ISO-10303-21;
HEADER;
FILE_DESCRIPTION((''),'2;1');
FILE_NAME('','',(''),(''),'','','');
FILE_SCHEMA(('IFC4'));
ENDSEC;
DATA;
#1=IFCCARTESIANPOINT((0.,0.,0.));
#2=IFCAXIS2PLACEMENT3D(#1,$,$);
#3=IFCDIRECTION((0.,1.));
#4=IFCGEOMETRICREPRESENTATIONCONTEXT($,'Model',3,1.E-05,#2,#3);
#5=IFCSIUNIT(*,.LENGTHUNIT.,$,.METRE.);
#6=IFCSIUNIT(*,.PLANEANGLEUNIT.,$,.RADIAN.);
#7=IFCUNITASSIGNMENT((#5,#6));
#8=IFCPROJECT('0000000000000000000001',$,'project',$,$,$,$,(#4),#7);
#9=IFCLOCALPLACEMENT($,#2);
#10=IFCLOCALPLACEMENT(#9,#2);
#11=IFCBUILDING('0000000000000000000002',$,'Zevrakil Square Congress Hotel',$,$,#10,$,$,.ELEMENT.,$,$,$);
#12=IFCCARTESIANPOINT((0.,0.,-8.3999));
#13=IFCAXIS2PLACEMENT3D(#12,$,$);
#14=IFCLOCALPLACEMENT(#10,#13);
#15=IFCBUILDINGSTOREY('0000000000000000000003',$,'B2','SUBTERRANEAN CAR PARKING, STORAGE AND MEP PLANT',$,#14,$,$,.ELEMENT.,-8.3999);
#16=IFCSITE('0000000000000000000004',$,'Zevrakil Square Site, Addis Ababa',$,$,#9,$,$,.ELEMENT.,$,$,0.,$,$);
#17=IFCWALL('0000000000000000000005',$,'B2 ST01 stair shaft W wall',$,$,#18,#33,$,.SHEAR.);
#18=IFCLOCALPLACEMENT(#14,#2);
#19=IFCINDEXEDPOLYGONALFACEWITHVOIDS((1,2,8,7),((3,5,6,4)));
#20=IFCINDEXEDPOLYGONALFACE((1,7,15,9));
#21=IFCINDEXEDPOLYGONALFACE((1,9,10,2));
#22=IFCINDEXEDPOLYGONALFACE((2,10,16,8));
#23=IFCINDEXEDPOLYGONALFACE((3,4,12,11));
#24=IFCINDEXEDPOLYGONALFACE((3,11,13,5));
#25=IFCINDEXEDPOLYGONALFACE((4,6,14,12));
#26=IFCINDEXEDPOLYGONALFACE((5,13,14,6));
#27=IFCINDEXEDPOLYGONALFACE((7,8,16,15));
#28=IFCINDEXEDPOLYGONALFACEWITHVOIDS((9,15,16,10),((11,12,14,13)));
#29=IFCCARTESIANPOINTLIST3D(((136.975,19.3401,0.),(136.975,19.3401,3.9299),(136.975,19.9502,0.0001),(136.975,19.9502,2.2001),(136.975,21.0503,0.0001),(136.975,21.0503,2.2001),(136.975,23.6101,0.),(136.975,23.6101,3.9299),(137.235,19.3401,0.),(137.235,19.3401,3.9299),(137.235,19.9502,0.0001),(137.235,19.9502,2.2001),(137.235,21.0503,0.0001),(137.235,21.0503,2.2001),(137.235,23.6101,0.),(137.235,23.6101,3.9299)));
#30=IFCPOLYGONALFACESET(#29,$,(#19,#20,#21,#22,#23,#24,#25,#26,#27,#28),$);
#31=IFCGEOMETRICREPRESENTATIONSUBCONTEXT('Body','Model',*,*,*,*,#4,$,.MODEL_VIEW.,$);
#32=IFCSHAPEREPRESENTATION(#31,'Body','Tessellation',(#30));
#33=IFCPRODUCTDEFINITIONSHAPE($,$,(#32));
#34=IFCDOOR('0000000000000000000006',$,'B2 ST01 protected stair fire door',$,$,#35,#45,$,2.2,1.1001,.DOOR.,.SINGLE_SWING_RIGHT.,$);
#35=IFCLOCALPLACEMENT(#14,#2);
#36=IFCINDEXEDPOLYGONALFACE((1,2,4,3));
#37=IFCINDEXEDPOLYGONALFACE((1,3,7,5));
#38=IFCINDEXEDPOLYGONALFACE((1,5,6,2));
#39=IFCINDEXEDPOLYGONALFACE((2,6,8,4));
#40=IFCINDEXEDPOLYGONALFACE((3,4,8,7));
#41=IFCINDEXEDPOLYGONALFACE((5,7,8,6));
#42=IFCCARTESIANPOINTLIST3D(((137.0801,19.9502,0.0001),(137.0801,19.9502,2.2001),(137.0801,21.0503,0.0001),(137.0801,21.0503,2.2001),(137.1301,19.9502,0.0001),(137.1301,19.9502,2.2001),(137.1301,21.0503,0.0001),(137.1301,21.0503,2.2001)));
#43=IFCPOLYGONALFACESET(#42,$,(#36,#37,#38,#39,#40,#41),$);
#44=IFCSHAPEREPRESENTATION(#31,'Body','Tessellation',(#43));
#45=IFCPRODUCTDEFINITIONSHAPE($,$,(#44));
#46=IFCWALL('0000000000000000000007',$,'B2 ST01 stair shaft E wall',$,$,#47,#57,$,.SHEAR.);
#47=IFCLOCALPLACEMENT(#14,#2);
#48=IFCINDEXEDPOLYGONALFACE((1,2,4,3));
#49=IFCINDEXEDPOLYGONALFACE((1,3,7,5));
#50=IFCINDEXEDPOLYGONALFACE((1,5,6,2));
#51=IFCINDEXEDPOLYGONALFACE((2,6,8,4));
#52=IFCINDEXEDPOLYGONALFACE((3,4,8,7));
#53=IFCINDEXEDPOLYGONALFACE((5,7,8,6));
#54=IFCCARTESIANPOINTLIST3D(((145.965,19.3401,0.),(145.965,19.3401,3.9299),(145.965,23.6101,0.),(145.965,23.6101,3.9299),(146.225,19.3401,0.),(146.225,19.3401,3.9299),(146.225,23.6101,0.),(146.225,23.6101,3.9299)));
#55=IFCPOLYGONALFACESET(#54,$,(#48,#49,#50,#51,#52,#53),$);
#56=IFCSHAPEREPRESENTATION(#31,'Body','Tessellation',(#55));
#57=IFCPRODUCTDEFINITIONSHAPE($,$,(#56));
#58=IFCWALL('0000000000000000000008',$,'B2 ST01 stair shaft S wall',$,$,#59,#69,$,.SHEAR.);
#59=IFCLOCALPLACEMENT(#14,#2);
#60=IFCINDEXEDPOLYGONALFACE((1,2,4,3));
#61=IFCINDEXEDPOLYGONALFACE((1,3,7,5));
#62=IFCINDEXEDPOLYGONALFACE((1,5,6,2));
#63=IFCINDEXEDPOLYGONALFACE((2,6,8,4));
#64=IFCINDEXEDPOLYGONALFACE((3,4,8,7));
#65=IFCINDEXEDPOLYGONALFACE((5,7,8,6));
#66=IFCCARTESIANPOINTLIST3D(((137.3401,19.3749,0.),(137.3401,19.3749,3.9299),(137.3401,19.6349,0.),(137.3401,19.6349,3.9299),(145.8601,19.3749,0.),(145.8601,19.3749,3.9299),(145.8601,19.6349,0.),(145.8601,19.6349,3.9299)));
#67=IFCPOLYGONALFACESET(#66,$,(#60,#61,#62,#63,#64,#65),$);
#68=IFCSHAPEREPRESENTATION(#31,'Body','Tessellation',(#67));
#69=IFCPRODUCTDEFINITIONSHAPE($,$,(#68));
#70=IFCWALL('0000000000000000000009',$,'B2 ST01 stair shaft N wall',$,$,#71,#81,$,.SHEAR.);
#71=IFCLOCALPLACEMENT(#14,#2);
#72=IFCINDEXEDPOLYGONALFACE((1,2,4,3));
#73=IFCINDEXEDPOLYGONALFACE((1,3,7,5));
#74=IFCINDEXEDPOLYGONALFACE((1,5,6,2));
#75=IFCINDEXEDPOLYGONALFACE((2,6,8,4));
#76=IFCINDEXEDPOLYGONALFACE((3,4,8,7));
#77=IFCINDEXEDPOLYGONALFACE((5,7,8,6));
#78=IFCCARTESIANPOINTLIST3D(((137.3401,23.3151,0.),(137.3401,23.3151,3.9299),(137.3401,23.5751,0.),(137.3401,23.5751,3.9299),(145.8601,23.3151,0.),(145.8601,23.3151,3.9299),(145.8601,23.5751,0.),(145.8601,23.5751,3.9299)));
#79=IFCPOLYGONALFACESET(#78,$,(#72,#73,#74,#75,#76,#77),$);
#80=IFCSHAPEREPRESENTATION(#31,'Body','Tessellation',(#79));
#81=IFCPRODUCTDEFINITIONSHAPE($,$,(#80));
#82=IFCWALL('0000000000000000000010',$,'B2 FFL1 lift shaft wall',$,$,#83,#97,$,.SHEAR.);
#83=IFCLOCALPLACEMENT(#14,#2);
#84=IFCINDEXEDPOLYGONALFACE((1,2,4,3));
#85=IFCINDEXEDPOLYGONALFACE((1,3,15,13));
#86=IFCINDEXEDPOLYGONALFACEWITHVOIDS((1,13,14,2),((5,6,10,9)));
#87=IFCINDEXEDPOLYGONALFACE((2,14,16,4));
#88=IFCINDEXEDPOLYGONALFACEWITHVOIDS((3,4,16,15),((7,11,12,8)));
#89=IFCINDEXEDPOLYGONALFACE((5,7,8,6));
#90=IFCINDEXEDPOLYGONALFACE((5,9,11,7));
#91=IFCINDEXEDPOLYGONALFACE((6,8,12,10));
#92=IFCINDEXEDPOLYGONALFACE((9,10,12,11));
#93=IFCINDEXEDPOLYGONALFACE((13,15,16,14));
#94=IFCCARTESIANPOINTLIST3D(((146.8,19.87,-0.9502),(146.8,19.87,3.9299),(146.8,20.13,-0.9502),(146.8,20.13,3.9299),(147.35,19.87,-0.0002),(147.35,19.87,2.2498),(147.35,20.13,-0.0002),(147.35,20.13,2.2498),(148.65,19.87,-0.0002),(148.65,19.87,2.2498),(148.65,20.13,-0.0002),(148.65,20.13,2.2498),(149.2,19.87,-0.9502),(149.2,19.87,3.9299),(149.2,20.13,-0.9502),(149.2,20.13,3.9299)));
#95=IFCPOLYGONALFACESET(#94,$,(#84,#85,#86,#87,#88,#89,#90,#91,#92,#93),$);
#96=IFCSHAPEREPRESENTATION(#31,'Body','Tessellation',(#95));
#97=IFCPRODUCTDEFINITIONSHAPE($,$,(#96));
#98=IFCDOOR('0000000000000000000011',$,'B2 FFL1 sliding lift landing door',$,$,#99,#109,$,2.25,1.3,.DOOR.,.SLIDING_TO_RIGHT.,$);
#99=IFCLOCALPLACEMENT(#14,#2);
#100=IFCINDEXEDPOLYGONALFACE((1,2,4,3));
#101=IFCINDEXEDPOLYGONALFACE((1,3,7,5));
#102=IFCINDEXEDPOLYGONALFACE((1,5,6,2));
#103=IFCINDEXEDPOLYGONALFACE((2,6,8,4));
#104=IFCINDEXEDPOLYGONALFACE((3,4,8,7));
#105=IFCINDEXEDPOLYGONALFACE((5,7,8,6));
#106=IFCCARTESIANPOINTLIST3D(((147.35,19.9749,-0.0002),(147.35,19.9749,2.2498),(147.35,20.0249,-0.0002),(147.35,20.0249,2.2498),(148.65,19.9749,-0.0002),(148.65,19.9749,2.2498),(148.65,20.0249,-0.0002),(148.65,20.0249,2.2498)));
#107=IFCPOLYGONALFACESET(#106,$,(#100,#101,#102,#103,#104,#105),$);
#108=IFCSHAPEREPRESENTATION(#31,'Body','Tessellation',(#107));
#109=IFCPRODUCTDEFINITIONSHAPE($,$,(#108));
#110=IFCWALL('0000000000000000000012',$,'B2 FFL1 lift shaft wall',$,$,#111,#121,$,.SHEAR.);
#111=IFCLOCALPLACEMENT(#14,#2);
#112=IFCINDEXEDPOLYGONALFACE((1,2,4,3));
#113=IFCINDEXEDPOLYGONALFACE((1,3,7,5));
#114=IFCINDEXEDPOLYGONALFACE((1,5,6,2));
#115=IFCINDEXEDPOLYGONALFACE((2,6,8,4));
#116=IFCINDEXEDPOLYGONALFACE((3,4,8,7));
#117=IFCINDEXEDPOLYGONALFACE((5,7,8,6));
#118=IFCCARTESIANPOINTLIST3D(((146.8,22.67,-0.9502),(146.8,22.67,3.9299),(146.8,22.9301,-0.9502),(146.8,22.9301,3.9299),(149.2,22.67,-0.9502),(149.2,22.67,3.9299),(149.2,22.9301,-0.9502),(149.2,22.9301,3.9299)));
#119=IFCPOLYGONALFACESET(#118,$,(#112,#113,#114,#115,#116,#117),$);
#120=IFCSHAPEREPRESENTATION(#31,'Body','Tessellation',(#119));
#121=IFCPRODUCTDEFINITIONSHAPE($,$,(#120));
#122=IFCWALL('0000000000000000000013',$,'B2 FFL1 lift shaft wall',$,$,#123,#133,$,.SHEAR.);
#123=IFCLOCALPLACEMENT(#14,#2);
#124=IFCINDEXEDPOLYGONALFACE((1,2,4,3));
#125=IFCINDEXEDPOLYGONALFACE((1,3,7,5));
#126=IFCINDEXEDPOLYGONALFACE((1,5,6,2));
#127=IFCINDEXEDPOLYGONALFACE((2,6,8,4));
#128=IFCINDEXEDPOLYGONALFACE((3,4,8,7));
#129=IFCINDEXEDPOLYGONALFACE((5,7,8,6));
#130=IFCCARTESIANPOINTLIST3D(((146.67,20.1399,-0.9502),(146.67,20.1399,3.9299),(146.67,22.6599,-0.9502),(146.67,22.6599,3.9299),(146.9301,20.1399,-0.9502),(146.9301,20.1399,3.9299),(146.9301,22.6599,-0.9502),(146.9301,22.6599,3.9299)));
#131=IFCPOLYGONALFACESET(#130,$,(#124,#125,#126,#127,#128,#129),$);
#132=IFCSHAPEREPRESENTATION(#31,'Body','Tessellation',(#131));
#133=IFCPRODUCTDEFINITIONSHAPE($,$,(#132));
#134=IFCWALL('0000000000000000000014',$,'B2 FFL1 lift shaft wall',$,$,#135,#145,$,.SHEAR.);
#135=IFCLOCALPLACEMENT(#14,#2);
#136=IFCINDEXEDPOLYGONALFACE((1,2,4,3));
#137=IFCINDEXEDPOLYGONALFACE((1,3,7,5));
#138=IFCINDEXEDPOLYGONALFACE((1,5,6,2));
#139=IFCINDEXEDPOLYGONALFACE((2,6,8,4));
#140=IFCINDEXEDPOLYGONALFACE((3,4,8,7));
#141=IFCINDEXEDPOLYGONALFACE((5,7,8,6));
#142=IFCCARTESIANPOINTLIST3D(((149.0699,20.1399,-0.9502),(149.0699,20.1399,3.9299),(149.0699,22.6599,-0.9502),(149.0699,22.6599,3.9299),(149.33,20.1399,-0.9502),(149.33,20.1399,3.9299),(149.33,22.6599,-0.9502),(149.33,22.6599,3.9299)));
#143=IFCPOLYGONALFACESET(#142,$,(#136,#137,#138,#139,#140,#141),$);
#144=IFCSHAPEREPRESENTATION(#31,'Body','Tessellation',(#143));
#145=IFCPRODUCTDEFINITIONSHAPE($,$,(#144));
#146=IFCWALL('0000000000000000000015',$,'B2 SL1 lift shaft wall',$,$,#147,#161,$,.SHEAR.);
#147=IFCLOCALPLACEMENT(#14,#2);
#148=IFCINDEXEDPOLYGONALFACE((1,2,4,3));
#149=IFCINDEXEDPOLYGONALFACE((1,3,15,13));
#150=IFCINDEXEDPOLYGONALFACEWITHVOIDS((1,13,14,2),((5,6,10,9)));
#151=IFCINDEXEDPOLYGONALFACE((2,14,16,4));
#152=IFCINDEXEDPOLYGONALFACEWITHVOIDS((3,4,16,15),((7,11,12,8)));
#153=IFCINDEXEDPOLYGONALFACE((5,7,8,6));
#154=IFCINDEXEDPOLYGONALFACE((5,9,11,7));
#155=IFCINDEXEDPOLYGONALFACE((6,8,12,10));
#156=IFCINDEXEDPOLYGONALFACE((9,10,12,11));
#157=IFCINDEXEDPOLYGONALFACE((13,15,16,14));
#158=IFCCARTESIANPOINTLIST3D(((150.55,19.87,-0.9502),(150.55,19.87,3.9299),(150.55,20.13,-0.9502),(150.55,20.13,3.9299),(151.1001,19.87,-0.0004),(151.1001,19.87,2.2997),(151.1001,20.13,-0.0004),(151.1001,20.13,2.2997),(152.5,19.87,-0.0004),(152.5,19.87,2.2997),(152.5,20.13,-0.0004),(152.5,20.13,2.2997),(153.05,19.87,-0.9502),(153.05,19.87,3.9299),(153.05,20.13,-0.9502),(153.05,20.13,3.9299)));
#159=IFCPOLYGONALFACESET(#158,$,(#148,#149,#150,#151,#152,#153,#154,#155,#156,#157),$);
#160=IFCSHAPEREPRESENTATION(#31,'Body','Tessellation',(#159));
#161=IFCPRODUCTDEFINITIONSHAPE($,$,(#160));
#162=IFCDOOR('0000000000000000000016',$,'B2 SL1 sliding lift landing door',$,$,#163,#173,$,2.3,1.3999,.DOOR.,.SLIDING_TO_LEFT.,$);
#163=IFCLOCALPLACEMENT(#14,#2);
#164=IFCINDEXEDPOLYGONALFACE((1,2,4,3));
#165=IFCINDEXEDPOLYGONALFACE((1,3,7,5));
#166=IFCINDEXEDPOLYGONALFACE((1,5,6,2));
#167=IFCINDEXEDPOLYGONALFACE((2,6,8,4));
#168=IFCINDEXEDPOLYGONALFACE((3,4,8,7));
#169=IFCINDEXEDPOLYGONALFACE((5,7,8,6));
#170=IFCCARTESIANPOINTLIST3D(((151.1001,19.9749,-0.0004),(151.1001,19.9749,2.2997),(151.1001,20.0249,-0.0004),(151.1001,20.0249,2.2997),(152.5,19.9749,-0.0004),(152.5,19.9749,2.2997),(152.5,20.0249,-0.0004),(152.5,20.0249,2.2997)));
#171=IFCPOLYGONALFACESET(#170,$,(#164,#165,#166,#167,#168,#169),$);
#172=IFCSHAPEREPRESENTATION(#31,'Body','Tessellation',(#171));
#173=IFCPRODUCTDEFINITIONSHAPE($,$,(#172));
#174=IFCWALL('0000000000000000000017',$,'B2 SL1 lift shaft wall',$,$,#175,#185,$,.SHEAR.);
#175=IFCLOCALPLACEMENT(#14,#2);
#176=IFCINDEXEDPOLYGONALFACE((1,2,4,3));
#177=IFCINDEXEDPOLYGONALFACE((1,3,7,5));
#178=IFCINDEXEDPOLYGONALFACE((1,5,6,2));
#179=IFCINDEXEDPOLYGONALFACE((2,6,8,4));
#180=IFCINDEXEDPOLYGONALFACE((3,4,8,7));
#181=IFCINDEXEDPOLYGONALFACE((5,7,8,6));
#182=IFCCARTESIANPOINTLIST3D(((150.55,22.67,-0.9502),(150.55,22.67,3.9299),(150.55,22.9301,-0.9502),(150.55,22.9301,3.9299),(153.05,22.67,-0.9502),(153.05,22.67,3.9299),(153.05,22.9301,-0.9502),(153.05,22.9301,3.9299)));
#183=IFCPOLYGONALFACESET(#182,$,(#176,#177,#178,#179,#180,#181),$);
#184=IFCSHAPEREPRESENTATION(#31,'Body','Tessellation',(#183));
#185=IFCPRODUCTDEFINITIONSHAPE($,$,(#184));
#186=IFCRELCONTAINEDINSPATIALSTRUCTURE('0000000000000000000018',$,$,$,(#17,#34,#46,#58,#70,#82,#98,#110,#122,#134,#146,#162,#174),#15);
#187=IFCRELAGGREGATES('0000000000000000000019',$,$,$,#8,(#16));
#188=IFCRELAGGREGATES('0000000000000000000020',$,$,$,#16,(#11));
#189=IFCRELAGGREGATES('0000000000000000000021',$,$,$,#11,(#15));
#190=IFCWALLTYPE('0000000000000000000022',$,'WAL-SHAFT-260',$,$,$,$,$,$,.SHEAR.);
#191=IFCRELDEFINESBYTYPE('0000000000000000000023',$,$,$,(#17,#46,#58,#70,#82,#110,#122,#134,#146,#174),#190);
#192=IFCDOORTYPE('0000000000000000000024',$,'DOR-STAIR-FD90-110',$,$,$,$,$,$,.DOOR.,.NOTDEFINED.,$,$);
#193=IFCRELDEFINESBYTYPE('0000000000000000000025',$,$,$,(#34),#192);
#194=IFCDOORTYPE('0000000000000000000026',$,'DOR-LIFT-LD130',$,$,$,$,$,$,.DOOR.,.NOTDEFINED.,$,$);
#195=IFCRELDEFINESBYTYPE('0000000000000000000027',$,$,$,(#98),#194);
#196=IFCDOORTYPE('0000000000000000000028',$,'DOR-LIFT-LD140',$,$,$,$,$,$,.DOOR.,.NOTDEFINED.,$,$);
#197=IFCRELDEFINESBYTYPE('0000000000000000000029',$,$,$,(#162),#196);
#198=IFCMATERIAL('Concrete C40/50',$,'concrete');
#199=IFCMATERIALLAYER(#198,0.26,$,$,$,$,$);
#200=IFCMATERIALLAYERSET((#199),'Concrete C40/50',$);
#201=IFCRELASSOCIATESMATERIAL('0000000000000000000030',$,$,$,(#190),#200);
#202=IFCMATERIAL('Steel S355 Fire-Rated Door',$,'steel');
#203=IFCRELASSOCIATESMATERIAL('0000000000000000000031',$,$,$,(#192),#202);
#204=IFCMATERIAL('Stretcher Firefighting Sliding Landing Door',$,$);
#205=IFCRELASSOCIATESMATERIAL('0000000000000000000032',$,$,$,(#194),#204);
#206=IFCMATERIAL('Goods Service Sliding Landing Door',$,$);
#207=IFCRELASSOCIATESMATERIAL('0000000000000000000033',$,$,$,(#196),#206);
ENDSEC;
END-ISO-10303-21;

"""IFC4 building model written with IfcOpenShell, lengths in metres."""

from ifc_helpers import new_model, si_unit, direction, frame, frame_2d, origin, place, context, subcontext, project, spatial, rectangle, extrude, material, layer, layer_set, type_object, element, fill, save


model = new_model("IFC4")

# Units and contexts
model_context = context("Model", 3, precision=1e-05, world=origin(), true_north=direction((0.0, 1.0)))
body_context = subcontext(model_context, "Body", "Model", "MODEL_VIEW")
ifc_project = project(units=[si_unit("LENGTHUNIT", "METRE"), si_unit("PLANEANGLEUNIT", "RADIAN")], contexts=[model_context])

# Site, building, storey
site_placement = place(None, origin())
site = spatial("IfcSite", under=ifc_project, at=site_placement, Name="Zevrakil Square Site, Addis Ababa", CompositionType="ELEMENT", RefElevation=0.0)
building_placement = place(site_placement, origin())
building = spatial("IfcBuilding", under=site, at=building_placement, Name="Zevrakil Square Congress Hotel", CompositionType="ELEMENT")
storey_placement = place(building_placement, frame((0.0, 0.0, -8.3999)))
storey = spatial("IfcBuildingStorey", under=building, at=storey_placement, Name="B2", Description="SUBTERRANEAN CAR PARKING, STORAGE AND MEP PLANT", CompositionType="ELEMENT", Elevation=-8.3999)

# Wall, opening, door
ifc_material_1 = material(Name="Concrete C40/50", Category="concrete")
ifc_layer_1 = layer(ifc_material_1, 0.26)
ifc_layer_set_1 = layer_set([ifc_layer_1], Name="Concrete C40/50")
wall_type_1 = type_object("IfcWallType", Name="WAL-SHAFT-260", PredefinedType="SHEAR", material=ifc_layer_set_1)
wall_1_placement = place(storey_placement, frame((137.105, 19.3401, 0.0), z_axis=(0.0, 0.0, 1.0), x_axis=(0.0, 1.0, 0.0)))
wall_1 = element("IfcWall", 1, at=wall_1_placement, inside=storey, type_object=wall_type_1, Name="B2 ST01 stair shaft W wall", PredefinedType="SHEAR", context=body_context, shape_type="SweptSolid", body=[
    extrude(rectangle(XDim=4.27, YDim=0.26, at=frame_2d((2.135, 0.0))), origin(), (0.0, 0.0, 1.0), 3.9299),
])
opening_1_placement = place(wall_1_placement, frame((0.6101, 0.0, 0.0)))
opening_1 = element("IfcOpeningElement", 2, at=opening_1_placement, cuts=wall_1, PredefinedType="OPENING", context=body_context, shape_type="SweptSolid", body=[
    extrude(rectangle(XDim=1.1001, YDim=2.2, at=frame_2d((0.55, 1.1001))), frame((0.0, 0.1401, 0.0), z_axis=(0.0, -1.0, 0.0), x_axis=(1.0, 0.0, 0.0)), (0.0, 0.0, 1.0), 0.28),
])
ifc_material_2 = material(Name="Steel S355 Fire-Rated Door", Category="steel")
door_type_1 = type_object("IfcDoorType", Name="DOR-STAIR-FD90-110", OperationType="NOTDEFINED", PredefinedType="DOOR", material=ifc_material_2)
door_1_placement = place(opening_1_placement, origin())
door_1 = element("IfcDoor", 3, at=door_1_placement, inside=storey, type_object=door_type_1, Name="B2 ST01 protected stair fire door", OperationType="SINGLE_SWING_RIGHT", OverallHeight=2.2, OverallWidth=1.1001, PredefinedType="DOOR", context=body_context, shape_type="SweptSolid", body=[
    extrude(rectangle(XDim=1.1001, YDim=2.2, at=frame_2d((0.55, 1.1001))), frame((0.0, 0.0249, 0.0), z_axis=(0.0, -1.0, 0.0), x_axis=(1.0, 0.0, 0.0)), (0.0, 0.0, 1.0), 0.05),
])
fill(opening_1, door_1)

# Walls
wall_2_placement = place(storey_placement, frame((146.095, 19.3401, 0.0), z_axis=(0.0, 0.0, 1.0), x_axis=(0.0, 1.0, 0.0)))
element("IfcWall", 4, at=wall_2_placement, inside=storey, type_object=wall_type_1, Name="B2 ST01 stair shaft E wall", PredefinedType="SHEAR", context=body_context, shape_type="SweptSolid", body=[
    extrude(rectangle(XDim=4.27, YDim=0.26, at=frame_2d((2.135, 0.0))), origin(), (0.0, 0.0, 1.0), 3.9299),
])
for number, where, z_axis, x_axis, name in (
    (5, (137.3401, 19.5049, 0.0), (0.0, 0.0, 1.0), (1.0, 0.0, 0.0), "B2 ST01 stair shaft S wall"),
    (6, (137.3401, 23.4451, 0.0), (0.0, 0.0, 1.0), (1.0, 0.0, 0.0), "B2 ST01 stair shaft N wall"),
):
    element("IfcWall", number, at=place(storey_placement, frame(where, z_axis=z_axis, x_axis=x_axis)), inside=storey, type_object=wall_type_1, Name=name, PredefinedType="SHEAR", context=body_context, shape_type="SweptSolid", body=[
        extrude(rectangle(XDim=8.52, YDim=0.26, at=frame_2d((4.26, 0.0))), origin(), (0.0, 0.0, 1.0), 3.9299),
    ])

# Wall, opening, door
wall_3_placement = place(storey_placement, frame((146.8, 20.0, -0.9502), z_axis=(0.0, 0.0, 1.0), x_axis=(1.0, 0.0, 0.0)))
wall_3 = element("IfcWall", 7, at=wall_3_placement, inside=storey, type_object=wall_type_1, Name="B2 FFL1 lift shaft wall", PredefinedType="SHEAR", context=body_context, shape_type="SweptSolid", body=[
    extrude(rectangle(XDim=2.3999, YDim=0.26, at=frame_2d((1.2, 0.0))), origin(), (0.0, 0.0, 1.0), 4.8801),
])
opening_2_placement = place(wall_3_placement, frame((0.55, 0.0, 0.95)))
opening_2 = element("IfcOpeningElement", 8, at=opening_2_placement, cuts=wall_3, PredefinedType="OPENING", context=body_context, shape_type="SweptSolid", body=[
    extrude(rectangle(XDim=1.3, YDim=2.25, at=frame_2d((0.6499, 1.125))), frame((0.0, 0.1401, 0.0), z_axis=(0.0, -1.0, 0.0), x_axis=(1.0, 0.0, 0.0)), (0.0, 0.0, 1.0), 0.28),
])
ifc_material_3 = material(Name="Stretcher Firefighting Sliding Landing Door")
door_type_2 = type_object("IfcDoorType", Name="DOR-LIFT-LD130", OperationType="NOTDEFINED", PredefinedType="DOOR", material=ifc_material_3)
door_2_placement = place(opening_2_placement, origin())
door_2 = element("IfcDoor", 9, at=door_2_placement, inside=storey, type_object=door_type_2, Name="B2 FFL1 sliding lift landing door", OperationType="SLIDING_TO_RIGHT", OverallHeight=2.25, OverallWidth=1.3, PredefinedType="DOOR", context=body_context, shape_type="SweptSolid", body=[
    extrude(rectangle(XDim=1.3, YDim=2.25, at=frame_2d((0.6499, 1.125))), frame((0.0, 0.0249, 0.0), z_axis=(0.0, -1.0, 0.0), x_axis=(1.0, 0.0, 0.0)), (0.0, 0.0, 1.0), 0.05),
])
fill(opening_2, door_2)

# Walls
wall_4_placement = place(storey_placement, frame((146.8, 22.8, -0.9502), z_axis=(0.0, 0.0, 1.0), x_axis=(1.0, 0.0, 0.0)))
element("IfcWall", 10, at=wall_4_placement, inside=storey, type_object=wall_type_1, Name="B2 FFL1 lift shaft wall", PredefinedType="SHEAR", context=body_context, shape_type="SweptSolid", body=[
    extrude(rectangle(XDim=2.3999, YDim=0.26, at=frame_2d((1.2, 0.0))), origin(), (0.0, 0.0, 1.0), 4.8801),
])
for number, where, z_axis, x_axis, name in (
    (11, (146.8, 20.1399, -0.9502), (0.0, 0.0, 1.0), (0.0, 1.0, 0.0), "B2 FFL1 lift shaft wall"),
    (12, (149.2, 20.1399, -0.9502), (0.0, 0.0, 1.0), (0.0, 1.0, 0.0), "B2 FFL1 lift shaft wall"),
):
    element("IfcWall", number, at=place(storey_placement, frame(where, z_axis=z_axis, x_axis=x_axis)), inside=storey, type_object=wall_type_1, Name=name, PredefinedType="SHEAR", context=body_context, shape_type="SweptSolid", body=[
        extrude(rectangle(XDim=2.52, YDim=0.26, at=frame_2d((1.26, 0.0))), origin(), (0.0, 0.0, 1.0), 4.8801),
    ])

# Wall, opening, door
wall_5_placement = place(storey_placement, frame((150.55, 20.0, -0.9502), z_axis=(0.0, 0.0, 1.0), x_axis=(1.0, 0.0, 0.0)))
wall_5 = element("IfcWall", 13, at=wall_5_placement, inside=storey, type_object=wall_type_1, Name="B2 SL1 lift shaft wall", PredefinedType="SHEAR", context=body_context, shape_type="SweptSolid", body=[
    extrude(rectangle(XDim=2.5, YDim=0.26, at=frame_2d((1.25, 0.0))), origin(), (0.0, 0.0, 1.0), 4.8801),
])
opening_3_placement = place(wall_5_placement, frame((0.55, 0.0, 0.95)))
opening_3 = element("IfcOpeningElement", 14, at=opening_3_placement, cuts=wall_5, PredefinedType="OPENING", context=body_context, shape_type="SweptSolid", body=[
    extrude(rectangle(XDim=1.3999, YDim=2.3, at=frame_2d((0.7, 1.1499))), frame((0.0, 0.1401, 0.0), z_axis=(0.0, -1.0, 0.0), x_axis=(1.0, 0.0, 0.0)), (0.0, 0.0, 1.0), 0.28),
])
ifc_material_4 = material(Name="Goods Service Sliding Landing Door")
door_type_3 = type_object("IfcDoorType", Name="DOR-LIFT-LD140", OperationType="NOTDEFINED", PredefinedType="DOOR", material=ifc_material_4)
door_3_placement = place(opening_3_placement, origin())
door_3 = element("IfcDoor", 15, at=door_3_placement, inside=storey, type_object=door_type_3, Name="B2 SL1 sliding lift landing door", OperationType="SLIDING_TO_LEFT", OverallHeight=2.3, OverallWidth=1.3999, PredefinedType="DOOR", context=body_context, shape_type="SweptSolid", body=[
    extrude(rectangle(XDim=1.3999, YDim=2.3, at=frame_2d((0.7, 1.1499))), frame((0.0, 0.0249, 0.0), z_axis=(0.0, -1.0, 0.0), x_axis=(1.0, 0.0, 0.0)), (0.0, 0.0, 1.0), 0.05),
])
fill(opening_3, door_3)

# Wall
wall_6_placement = place(storey_placement, frame((150.55, 22.8, -0.9502), z_axis=(0.0, 0.0, 1.0), x_axis=(1.0, 0.0, 0.0)))
element("IfcWall", 16, at=wall_6_placement, inside=storey, type_object=wall_type_1, Name="B2 SL1 lift shaft wall", PredefinedType="SHEAR", context=body_context, shape_type="SweptSolid", body=[
    extrude(rectangle(XDim=2.5, YDim=0.26, at=frame_2d((1.25, 0.0))), origin(), (0.0, 0.0, 1.0), 4.8801),
])

save(model, "model.ifc")
